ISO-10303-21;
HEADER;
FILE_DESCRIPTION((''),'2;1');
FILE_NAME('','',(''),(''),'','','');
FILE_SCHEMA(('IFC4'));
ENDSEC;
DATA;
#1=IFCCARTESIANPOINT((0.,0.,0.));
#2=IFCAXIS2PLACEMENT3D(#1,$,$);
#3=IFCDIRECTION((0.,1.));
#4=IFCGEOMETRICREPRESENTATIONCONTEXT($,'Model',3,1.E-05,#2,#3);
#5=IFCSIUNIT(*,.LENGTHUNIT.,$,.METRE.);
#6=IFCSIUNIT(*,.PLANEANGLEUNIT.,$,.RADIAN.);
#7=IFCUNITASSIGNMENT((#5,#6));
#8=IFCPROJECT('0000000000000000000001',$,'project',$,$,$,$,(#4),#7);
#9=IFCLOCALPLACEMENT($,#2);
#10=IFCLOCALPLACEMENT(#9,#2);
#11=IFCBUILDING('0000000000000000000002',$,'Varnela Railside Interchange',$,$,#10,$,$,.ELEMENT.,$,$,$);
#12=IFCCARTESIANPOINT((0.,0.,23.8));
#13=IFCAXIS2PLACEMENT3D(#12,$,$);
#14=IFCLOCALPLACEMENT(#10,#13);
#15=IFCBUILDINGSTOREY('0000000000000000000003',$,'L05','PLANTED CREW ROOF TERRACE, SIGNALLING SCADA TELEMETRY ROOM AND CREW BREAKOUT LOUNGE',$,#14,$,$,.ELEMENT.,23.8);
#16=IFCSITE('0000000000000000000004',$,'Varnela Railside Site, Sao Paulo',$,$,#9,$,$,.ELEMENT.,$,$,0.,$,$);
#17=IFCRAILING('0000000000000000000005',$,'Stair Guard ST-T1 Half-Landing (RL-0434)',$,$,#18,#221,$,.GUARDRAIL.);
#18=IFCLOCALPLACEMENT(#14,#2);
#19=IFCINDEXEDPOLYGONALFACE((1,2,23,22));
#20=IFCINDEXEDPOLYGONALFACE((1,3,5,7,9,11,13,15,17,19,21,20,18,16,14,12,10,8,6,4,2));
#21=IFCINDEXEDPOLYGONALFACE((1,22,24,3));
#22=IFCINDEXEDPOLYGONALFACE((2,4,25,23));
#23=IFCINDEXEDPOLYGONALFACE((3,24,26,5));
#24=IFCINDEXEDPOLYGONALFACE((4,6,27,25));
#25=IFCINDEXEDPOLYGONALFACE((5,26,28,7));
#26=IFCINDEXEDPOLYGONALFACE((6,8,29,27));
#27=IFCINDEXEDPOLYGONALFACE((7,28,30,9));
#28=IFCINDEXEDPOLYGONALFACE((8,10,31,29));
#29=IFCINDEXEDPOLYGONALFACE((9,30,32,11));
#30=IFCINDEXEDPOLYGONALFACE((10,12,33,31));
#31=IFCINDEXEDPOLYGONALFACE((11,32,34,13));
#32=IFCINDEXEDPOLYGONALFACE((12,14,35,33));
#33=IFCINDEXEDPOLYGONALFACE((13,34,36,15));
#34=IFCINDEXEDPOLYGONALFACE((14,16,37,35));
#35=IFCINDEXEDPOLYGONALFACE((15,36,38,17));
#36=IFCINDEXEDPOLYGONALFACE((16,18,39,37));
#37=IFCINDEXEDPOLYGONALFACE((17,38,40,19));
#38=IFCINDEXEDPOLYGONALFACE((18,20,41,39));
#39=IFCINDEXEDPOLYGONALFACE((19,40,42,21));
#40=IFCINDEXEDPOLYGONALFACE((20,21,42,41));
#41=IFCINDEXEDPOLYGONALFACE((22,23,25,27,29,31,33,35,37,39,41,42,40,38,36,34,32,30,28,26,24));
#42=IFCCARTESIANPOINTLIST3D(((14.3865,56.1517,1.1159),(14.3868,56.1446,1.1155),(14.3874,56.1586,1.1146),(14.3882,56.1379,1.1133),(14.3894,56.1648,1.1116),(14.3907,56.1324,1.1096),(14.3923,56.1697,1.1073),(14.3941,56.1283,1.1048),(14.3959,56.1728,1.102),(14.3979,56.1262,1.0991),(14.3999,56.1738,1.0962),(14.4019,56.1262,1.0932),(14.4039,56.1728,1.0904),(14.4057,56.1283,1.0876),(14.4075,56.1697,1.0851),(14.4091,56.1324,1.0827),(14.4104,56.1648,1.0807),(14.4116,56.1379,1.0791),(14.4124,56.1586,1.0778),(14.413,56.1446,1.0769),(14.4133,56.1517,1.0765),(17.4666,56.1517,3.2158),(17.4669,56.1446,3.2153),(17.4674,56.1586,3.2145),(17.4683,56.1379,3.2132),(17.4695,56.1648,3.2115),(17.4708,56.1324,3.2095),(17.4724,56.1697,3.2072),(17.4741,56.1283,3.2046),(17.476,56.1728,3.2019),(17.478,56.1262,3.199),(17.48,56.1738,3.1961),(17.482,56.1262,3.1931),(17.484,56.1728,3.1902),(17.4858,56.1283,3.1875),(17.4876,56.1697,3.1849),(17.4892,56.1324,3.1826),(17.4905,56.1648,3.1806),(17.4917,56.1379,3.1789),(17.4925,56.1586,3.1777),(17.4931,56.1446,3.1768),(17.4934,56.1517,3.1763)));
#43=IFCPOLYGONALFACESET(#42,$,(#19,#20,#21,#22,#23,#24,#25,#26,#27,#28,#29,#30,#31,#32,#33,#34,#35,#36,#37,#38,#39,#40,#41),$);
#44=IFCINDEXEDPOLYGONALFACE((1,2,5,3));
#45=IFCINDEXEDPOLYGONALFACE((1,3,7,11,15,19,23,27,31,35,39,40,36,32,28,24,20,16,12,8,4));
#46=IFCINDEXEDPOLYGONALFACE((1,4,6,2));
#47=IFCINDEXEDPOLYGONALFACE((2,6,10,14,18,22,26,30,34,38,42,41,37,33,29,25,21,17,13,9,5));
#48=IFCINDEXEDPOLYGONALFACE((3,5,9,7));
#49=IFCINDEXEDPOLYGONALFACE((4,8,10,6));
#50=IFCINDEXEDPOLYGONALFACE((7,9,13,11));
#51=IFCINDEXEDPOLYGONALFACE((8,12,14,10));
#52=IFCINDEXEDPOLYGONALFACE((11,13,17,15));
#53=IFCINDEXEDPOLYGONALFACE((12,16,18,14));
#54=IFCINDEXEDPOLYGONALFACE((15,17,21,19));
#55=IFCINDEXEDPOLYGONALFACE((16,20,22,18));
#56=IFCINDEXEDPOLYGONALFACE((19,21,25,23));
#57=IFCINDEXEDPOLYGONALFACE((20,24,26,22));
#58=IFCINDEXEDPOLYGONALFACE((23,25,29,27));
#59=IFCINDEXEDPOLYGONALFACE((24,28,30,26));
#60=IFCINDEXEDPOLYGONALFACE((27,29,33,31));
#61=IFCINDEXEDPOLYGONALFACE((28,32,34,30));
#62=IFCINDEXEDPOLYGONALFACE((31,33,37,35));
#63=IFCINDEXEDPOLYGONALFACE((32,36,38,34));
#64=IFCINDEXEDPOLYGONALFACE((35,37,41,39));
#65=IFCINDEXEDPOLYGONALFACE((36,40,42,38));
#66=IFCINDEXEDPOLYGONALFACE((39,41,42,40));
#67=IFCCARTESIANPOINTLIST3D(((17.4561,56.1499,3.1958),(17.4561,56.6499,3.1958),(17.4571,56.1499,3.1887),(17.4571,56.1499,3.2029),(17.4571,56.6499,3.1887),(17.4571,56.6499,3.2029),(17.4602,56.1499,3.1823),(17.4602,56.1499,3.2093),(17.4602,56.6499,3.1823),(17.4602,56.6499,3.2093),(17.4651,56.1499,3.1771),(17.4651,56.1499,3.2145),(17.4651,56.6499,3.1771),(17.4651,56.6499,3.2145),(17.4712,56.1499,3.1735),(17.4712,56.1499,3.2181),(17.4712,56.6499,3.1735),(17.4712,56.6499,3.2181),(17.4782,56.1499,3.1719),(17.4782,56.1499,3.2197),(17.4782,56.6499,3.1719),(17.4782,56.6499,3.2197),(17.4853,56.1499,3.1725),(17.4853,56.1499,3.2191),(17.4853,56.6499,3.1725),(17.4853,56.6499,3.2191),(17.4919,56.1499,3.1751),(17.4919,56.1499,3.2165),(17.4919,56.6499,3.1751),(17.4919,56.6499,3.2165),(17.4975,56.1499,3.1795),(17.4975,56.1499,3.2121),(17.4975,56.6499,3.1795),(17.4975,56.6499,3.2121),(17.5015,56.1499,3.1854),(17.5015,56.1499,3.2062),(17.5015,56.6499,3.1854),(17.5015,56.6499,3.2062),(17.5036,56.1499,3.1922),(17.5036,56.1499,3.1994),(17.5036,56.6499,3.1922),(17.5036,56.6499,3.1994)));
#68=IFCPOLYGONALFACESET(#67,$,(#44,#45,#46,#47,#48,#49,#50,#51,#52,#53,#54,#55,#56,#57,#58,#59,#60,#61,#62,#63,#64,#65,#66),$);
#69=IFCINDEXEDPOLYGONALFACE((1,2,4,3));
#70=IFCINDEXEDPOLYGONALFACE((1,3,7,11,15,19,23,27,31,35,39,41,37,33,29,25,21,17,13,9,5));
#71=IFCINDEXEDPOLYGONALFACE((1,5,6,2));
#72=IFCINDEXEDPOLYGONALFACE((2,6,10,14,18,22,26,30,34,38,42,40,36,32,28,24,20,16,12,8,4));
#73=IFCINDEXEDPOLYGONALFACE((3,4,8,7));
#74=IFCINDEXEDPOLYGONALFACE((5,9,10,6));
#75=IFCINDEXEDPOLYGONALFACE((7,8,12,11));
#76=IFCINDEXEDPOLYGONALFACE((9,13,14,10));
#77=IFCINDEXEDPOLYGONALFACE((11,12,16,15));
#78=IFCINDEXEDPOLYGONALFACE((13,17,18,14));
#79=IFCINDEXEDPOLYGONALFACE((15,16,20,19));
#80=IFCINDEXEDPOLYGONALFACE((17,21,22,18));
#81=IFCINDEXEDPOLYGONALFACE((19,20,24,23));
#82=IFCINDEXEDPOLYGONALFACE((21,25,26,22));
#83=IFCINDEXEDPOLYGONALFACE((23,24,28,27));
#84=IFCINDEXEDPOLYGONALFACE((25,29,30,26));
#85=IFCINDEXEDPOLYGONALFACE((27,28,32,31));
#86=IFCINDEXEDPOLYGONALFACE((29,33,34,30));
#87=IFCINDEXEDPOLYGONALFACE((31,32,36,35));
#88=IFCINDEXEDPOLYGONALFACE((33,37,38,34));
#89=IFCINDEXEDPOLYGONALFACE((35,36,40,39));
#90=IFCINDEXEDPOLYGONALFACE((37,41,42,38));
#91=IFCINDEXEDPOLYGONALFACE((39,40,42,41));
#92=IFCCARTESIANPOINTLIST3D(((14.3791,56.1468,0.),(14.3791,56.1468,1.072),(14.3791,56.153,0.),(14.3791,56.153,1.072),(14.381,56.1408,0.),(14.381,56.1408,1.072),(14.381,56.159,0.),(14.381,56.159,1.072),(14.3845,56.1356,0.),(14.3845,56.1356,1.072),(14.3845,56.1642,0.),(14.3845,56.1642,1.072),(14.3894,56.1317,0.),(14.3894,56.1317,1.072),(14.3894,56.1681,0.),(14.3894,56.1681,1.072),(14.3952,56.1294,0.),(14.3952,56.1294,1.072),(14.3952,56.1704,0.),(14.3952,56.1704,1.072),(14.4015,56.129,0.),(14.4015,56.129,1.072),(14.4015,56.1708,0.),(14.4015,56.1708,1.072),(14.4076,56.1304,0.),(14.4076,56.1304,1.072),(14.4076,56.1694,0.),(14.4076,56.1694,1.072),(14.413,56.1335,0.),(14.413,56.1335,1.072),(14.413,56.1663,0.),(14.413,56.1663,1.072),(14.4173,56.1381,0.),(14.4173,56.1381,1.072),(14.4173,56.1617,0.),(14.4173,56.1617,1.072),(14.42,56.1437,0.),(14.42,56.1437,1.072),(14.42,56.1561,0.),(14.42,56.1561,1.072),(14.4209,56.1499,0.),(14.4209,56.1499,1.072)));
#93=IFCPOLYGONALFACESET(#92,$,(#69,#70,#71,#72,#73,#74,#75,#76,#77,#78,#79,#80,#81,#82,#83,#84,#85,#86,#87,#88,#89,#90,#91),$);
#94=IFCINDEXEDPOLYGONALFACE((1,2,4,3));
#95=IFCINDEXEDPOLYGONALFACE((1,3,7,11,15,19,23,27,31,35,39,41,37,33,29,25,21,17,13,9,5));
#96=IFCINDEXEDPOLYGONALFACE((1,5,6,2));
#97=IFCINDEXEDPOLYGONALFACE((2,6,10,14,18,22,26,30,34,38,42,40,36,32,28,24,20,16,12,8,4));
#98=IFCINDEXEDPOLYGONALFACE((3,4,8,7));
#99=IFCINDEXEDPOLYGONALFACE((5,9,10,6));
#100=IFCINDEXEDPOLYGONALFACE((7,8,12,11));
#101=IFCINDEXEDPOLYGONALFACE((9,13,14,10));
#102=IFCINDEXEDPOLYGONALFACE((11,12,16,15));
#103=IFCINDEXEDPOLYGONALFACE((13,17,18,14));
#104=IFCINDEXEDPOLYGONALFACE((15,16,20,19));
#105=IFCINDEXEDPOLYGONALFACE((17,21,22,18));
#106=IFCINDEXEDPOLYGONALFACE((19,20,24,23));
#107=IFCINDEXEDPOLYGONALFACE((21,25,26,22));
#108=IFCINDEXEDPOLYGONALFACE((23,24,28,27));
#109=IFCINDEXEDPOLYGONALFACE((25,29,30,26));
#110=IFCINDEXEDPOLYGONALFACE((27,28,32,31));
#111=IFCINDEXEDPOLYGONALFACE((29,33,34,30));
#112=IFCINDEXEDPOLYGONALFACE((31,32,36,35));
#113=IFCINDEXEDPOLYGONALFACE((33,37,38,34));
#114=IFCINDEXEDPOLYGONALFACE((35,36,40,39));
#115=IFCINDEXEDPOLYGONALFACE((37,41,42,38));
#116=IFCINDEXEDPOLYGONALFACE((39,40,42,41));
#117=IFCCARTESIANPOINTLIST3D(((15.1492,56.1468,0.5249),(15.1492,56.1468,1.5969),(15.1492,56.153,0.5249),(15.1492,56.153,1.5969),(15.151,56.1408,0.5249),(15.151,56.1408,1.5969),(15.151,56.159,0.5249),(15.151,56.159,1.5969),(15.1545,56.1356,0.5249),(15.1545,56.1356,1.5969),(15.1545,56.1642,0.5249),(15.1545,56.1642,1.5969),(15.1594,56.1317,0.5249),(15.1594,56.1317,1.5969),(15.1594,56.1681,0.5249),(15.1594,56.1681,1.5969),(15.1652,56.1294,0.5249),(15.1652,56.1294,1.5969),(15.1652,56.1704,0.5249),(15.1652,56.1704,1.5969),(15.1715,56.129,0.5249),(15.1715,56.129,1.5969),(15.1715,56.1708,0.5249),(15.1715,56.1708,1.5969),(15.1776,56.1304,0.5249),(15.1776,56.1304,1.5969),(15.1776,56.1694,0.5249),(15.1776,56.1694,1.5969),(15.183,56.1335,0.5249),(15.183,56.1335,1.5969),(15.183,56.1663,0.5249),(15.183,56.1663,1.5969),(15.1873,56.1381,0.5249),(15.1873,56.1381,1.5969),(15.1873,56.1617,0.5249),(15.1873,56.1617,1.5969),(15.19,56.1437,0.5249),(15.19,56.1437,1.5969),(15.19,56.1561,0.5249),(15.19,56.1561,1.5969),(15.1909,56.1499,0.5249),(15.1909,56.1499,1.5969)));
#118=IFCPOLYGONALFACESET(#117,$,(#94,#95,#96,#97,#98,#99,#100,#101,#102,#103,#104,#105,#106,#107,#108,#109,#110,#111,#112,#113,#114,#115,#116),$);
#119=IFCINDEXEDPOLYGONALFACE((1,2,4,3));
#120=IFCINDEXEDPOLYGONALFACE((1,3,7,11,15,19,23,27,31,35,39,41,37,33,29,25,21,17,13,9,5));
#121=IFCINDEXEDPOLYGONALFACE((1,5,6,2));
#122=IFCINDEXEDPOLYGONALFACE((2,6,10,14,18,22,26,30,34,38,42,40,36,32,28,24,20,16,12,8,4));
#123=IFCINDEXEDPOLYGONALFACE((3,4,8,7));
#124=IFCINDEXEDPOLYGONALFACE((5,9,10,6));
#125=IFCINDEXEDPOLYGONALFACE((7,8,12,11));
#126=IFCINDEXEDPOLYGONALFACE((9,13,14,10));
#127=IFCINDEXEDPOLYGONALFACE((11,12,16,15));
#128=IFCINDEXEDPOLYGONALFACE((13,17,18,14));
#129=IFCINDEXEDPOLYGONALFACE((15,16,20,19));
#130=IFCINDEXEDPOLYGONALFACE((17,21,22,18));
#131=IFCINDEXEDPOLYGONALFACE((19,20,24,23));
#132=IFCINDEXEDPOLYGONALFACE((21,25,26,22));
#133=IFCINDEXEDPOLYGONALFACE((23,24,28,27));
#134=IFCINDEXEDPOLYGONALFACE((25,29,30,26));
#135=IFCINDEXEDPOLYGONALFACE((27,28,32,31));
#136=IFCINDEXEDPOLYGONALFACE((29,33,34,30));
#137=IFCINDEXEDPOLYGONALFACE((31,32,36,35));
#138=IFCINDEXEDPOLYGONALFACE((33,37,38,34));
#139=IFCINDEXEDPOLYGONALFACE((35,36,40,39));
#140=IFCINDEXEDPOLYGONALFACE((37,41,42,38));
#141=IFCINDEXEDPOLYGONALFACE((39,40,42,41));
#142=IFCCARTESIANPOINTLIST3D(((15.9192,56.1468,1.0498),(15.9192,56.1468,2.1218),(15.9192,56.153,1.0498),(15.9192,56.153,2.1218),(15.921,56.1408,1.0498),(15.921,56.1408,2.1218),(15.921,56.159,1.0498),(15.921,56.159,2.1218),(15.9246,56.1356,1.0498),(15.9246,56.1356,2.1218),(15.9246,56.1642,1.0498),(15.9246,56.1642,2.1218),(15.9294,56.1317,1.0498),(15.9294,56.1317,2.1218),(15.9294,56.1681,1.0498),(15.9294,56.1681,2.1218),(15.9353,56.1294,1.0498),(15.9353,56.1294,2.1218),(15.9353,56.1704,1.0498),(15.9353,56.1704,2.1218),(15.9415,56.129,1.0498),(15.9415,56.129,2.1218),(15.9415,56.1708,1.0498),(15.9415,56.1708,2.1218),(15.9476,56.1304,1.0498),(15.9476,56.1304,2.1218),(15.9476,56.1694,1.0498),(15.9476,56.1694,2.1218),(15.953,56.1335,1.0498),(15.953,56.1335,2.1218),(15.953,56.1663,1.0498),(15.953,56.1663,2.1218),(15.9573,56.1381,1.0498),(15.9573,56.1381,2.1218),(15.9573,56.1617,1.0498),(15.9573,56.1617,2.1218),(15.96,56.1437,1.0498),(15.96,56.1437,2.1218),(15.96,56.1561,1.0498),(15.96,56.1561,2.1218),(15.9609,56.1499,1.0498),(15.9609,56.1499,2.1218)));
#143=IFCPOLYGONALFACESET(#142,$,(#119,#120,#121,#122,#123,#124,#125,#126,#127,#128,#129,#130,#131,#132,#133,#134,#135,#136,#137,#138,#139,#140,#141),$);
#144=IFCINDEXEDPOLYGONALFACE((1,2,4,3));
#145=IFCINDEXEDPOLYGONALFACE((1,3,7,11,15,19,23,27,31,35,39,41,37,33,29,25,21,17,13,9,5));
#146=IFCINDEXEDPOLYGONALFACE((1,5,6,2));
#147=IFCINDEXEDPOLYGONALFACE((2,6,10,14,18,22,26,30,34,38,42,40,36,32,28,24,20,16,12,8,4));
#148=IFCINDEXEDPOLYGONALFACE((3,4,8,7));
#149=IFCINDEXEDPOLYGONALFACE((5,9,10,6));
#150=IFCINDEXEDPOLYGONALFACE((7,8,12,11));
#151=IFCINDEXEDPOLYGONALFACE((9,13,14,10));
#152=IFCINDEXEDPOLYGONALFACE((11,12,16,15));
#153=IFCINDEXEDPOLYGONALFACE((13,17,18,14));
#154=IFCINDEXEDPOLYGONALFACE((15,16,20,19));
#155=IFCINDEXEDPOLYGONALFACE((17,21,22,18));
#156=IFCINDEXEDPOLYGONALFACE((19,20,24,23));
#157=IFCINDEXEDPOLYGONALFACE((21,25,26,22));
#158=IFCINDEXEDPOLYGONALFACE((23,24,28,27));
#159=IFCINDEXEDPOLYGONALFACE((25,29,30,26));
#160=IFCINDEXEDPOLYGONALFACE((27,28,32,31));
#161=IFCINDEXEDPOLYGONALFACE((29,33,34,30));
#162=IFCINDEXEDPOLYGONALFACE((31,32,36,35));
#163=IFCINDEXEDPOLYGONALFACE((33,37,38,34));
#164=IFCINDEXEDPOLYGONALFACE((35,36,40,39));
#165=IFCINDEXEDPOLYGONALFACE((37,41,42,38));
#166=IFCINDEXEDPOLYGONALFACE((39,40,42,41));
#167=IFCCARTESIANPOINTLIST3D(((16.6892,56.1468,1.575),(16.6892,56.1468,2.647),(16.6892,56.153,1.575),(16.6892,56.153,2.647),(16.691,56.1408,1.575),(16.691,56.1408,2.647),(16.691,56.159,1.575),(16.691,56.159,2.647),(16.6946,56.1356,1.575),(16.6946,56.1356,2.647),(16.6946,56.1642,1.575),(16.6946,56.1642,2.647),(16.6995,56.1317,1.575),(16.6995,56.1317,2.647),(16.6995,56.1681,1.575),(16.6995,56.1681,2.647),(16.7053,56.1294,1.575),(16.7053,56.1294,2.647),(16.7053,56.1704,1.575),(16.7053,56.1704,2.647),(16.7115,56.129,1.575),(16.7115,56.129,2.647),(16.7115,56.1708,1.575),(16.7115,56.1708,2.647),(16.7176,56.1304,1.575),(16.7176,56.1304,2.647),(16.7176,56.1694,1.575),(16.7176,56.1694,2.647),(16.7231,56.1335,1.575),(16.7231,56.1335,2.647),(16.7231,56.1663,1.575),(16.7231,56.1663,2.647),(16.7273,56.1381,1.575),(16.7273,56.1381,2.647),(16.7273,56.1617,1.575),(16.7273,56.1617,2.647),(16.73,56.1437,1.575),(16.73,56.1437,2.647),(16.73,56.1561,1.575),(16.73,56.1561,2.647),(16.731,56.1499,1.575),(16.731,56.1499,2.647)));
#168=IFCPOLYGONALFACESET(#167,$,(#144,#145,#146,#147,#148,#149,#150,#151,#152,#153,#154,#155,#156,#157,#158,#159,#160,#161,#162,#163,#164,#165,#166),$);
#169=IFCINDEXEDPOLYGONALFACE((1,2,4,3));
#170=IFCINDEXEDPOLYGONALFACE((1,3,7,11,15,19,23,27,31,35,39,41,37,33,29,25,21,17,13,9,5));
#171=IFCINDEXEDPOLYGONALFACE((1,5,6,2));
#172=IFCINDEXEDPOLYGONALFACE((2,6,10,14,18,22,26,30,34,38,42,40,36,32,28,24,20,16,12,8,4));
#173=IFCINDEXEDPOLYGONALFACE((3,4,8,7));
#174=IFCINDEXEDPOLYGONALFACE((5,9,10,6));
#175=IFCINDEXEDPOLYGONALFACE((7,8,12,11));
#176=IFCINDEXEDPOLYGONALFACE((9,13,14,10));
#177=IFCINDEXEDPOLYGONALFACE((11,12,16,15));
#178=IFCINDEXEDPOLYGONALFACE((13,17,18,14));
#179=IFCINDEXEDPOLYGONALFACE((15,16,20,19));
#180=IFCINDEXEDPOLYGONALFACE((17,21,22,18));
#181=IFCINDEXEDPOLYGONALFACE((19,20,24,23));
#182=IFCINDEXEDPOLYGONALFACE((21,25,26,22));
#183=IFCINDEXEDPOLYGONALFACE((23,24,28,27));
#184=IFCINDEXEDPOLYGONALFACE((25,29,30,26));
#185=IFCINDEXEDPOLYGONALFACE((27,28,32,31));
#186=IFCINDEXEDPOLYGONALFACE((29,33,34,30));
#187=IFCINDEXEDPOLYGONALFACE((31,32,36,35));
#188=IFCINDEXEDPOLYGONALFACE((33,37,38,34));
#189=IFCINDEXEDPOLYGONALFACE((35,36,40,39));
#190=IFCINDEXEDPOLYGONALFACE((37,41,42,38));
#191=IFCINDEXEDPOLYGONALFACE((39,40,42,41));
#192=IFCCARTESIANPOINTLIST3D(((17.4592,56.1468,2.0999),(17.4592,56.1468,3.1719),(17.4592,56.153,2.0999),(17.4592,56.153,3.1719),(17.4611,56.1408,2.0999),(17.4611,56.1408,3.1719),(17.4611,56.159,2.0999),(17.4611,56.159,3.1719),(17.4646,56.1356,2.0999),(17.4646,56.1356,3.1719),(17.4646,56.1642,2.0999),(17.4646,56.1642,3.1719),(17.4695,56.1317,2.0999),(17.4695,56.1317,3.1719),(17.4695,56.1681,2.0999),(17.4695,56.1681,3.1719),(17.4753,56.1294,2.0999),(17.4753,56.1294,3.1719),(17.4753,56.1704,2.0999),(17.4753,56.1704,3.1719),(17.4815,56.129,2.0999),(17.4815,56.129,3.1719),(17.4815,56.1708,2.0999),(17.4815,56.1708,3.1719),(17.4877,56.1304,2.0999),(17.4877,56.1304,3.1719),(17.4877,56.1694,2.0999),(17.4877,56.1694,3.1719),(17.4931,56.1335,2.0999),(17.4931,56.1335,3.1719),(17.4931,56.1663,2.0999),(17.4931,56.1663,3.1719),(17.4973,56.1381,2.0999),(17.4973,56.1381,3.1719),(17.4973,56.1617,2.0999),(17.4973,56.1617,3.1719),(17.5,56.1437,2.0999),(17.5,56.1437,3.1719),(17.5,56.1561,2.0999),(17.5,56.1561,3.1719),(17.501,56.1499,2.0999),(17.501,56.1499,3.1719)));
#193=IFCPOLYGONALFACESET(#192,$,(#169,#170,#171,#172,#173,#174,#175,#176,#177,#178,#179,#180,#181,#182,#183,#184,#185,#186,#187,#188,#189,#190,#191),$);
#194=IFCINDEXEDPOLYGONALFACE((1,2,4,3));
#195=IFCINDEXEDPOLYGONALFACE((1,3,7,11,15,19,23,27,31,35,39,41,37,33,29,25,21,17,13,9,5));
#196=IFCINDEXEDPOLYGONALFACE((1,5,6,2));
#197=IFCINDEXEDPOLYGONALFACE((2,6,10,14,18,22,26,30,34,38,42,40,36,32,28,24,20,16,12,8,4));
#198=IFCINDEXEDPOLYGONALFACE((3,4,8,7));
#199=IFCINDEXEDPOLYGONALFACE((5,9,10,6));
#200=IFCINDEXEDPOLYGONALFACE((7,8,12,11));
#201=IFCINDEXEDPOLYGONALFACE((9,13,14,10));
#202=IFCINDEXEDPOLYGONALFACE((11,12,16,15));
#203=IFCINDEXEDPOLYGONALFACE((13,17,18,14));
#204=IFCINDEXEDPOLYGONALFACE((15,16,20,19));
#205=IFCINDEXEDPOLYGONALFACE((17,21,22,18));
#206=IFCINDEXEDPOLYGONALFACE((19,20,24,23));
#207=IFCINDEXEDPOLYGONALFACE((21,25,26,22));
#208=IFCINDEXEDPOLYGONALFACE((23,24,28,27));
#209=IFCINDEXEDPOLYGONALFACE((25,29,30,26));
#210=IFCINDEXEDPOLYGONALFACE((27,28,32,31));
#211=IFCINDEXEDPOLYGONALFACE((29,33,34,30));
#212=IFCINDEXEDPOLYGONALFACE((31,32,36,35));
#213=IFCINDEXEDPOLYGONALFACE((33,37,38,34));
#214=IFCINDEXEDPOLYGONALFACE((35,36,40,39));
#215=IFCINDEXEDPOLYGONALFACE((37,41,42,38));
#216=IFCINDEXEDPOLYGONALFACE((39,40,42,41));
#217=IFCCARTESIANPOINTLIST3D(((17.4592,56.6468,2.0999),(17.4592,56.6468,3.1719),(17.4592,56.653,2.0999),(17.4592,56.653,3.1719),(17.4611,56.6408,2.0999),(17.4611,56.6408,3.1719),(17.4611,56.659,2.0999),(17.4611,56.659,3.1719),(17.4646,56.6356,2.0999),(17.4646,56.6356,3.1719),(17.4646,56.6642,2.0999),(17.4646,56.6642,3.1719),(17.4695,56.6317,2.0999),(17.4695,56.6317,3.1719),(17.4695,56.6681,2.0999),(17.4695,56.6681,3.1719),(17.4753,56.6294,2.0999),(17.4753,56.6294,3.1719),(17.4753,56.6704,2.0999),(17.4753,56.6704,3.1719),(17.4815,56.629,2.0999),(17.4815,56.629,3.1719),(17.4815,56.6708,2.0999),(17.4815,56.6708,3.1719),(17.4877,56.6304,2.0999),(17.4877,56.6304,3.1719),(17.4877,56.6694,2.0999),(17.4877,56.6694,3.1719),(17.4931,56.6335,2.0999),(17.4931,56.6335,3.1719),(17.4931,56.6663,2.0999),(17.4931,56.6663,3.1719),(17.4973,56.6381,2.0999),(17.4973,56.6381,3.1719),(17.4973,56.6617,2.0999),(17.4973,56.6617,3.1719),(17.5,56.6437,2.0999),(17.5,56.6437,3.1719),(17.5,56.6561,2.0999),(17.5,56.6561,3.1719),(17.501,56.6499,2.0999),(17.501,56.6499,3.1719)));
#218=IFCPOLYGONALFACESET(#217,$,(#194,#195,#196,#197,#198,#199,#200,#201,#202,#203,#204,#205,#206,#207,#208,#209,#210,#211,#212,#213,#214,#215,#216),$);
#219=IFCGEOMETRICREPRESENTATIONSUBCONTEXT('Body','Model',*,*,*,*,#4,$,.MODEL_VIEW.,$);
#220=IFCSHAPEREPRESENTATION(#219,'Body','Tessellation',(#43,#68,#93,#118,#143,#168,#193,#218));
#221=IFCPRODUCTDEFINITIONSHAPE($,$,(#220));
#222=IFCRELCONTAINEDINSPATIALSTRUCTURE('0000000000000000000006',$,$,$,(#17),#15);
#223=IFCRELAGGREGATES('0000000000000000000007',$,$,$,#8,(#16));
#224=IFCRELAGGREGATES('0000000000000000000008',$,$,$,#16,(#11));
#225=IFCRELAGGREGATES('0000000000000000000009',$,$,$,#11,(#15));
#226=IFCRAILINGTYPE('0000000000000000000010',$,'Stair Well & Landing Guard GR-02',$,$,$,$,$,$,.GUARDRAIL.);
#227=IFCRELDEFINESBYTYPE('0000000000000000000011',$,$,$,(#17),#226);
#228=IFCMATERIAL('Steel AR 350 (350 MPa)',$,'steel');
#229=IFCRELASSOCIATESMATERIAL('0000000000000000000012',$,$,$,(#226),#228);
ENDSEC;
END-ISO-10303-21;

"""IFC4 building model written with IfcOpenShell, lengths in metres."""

from ifc_helpers import new_model, si_unit, direction, frame, origin, origin_2d, place, context, subcontext, project, spatial, circle, extrude, material, type_object, element, save


model = new_model("IFC4")

# Units and contexts
model_context = context("Model", 3, precision=1e-05, world=origin(), true_north=direction((0.0, 1.0)))
body_context = subcontext(model_context, "Body", "Model", "MODEL_VIEW")
ifc_project = project(units=[si_unit("LENGTHUNIT", "METRE"), si_unit("PLANEANGLEUNIT", "RADIAN")], contexts=[model_context])

# Site, building, storey
site_placement = place(None, origin())
site = spatial("IfcSite", under=ifc_project, at=site_placement, Name="Varnela Railside Site, Sao Paulo", CompositionType="ELEMENT", RefElevation=0.0)
building_placement = place(site_placement, origin())
building = spatial("IfcBuilding", under=site, at=building_placement, Name="Varnela Railside Interchange", CompositionType="ELEMENT")
storey_placement = place(building_placement, frame((0.0, 0.0, 23.8)))
storey = spatial("IfcBuildingStorey", under=building, at=storey_placement, Name="L05", Description="PLANTED CREW ROOF TERRACE, SIGNALLING SCADA TELEMETRY ROOM AND CREW BREAKOUT LOUNGE", CompositionType="ELEMENT", Elevation=23.8)

# Shared definitions
ifc_material_1 = material(Name="Steel AR 350 (350 MPa)", Category="steel")

# Railing
railing_type_1 = type_object("IfcRailingType", Name="Stair Well & Landing Guard GR-02", PredefinedType="GUARDRAIL", material=ifc_material_1)
railing_1_placement = place(storey_placement, frame((14.3999, 56.1499, 0.0)))
element("IfcRailing", 1, at=railing_1_placement, inside=storey, type_object=railing_type_1, Name="Stair Guard ST-T1 Half-Landing (RL-0434)", PredefinedType="GUARDRAIL", context=body_context, shape_type="SweptSolid", body=[
    extrude(circle(Radius=0.0239, at=origin_2d()), frame((0.0, 0.0, 1.0962), z_axis=(0.826252, 0.0, 0.5633), x_axis=(0.0, 1.0, 0.0)), (0.0, 0.0, 1.0), 3.7278),
    extrude(circle(Radius=0.0239, at=origin_2d()), frame((3.0801, 0.0, 3.1958), z_axis=(0.0, 1.0, 0.0), x_axis=(-1.0, 0.0, 0.0)), (0.0, 0.0, 1.0), 0.5),
    extrude(circle(Radius=0.021, at=origin_2d()), origin(), (0.0, 0.0, 1.0), 1.072),
    extrude(circle(Radius=0.021, at=origin_2d()), frame((0.77, 0.0, 0.5249)), (0.0, 0.0, 1.0), 1.072),
    extrude(circle(Radius=0.021, at=origin_2d()), frame((1.54, 0.0, 1.0498)), (0.0, 0.0, 1.0), 1.072),
    extrude(circle(Radius=0.021, at=origin_2d()), frame((2.3101, 0.0, 1.575)), (0.0, 0.0, 1.0), 1.072),
    extrude(circle(Radius=0.021, at=origin_2d()), frame((3.0801, 0.0, 2.0999)), (0.0, 0.0, 1.0), 1.072),
    extrude(circle(Radius=0.021, at=origin_2d()), frame((3.0801, 0.5, 2.0999)), (0.0, 0.0, 1.0), 1.072),
])

save(model, "model.ifc")
